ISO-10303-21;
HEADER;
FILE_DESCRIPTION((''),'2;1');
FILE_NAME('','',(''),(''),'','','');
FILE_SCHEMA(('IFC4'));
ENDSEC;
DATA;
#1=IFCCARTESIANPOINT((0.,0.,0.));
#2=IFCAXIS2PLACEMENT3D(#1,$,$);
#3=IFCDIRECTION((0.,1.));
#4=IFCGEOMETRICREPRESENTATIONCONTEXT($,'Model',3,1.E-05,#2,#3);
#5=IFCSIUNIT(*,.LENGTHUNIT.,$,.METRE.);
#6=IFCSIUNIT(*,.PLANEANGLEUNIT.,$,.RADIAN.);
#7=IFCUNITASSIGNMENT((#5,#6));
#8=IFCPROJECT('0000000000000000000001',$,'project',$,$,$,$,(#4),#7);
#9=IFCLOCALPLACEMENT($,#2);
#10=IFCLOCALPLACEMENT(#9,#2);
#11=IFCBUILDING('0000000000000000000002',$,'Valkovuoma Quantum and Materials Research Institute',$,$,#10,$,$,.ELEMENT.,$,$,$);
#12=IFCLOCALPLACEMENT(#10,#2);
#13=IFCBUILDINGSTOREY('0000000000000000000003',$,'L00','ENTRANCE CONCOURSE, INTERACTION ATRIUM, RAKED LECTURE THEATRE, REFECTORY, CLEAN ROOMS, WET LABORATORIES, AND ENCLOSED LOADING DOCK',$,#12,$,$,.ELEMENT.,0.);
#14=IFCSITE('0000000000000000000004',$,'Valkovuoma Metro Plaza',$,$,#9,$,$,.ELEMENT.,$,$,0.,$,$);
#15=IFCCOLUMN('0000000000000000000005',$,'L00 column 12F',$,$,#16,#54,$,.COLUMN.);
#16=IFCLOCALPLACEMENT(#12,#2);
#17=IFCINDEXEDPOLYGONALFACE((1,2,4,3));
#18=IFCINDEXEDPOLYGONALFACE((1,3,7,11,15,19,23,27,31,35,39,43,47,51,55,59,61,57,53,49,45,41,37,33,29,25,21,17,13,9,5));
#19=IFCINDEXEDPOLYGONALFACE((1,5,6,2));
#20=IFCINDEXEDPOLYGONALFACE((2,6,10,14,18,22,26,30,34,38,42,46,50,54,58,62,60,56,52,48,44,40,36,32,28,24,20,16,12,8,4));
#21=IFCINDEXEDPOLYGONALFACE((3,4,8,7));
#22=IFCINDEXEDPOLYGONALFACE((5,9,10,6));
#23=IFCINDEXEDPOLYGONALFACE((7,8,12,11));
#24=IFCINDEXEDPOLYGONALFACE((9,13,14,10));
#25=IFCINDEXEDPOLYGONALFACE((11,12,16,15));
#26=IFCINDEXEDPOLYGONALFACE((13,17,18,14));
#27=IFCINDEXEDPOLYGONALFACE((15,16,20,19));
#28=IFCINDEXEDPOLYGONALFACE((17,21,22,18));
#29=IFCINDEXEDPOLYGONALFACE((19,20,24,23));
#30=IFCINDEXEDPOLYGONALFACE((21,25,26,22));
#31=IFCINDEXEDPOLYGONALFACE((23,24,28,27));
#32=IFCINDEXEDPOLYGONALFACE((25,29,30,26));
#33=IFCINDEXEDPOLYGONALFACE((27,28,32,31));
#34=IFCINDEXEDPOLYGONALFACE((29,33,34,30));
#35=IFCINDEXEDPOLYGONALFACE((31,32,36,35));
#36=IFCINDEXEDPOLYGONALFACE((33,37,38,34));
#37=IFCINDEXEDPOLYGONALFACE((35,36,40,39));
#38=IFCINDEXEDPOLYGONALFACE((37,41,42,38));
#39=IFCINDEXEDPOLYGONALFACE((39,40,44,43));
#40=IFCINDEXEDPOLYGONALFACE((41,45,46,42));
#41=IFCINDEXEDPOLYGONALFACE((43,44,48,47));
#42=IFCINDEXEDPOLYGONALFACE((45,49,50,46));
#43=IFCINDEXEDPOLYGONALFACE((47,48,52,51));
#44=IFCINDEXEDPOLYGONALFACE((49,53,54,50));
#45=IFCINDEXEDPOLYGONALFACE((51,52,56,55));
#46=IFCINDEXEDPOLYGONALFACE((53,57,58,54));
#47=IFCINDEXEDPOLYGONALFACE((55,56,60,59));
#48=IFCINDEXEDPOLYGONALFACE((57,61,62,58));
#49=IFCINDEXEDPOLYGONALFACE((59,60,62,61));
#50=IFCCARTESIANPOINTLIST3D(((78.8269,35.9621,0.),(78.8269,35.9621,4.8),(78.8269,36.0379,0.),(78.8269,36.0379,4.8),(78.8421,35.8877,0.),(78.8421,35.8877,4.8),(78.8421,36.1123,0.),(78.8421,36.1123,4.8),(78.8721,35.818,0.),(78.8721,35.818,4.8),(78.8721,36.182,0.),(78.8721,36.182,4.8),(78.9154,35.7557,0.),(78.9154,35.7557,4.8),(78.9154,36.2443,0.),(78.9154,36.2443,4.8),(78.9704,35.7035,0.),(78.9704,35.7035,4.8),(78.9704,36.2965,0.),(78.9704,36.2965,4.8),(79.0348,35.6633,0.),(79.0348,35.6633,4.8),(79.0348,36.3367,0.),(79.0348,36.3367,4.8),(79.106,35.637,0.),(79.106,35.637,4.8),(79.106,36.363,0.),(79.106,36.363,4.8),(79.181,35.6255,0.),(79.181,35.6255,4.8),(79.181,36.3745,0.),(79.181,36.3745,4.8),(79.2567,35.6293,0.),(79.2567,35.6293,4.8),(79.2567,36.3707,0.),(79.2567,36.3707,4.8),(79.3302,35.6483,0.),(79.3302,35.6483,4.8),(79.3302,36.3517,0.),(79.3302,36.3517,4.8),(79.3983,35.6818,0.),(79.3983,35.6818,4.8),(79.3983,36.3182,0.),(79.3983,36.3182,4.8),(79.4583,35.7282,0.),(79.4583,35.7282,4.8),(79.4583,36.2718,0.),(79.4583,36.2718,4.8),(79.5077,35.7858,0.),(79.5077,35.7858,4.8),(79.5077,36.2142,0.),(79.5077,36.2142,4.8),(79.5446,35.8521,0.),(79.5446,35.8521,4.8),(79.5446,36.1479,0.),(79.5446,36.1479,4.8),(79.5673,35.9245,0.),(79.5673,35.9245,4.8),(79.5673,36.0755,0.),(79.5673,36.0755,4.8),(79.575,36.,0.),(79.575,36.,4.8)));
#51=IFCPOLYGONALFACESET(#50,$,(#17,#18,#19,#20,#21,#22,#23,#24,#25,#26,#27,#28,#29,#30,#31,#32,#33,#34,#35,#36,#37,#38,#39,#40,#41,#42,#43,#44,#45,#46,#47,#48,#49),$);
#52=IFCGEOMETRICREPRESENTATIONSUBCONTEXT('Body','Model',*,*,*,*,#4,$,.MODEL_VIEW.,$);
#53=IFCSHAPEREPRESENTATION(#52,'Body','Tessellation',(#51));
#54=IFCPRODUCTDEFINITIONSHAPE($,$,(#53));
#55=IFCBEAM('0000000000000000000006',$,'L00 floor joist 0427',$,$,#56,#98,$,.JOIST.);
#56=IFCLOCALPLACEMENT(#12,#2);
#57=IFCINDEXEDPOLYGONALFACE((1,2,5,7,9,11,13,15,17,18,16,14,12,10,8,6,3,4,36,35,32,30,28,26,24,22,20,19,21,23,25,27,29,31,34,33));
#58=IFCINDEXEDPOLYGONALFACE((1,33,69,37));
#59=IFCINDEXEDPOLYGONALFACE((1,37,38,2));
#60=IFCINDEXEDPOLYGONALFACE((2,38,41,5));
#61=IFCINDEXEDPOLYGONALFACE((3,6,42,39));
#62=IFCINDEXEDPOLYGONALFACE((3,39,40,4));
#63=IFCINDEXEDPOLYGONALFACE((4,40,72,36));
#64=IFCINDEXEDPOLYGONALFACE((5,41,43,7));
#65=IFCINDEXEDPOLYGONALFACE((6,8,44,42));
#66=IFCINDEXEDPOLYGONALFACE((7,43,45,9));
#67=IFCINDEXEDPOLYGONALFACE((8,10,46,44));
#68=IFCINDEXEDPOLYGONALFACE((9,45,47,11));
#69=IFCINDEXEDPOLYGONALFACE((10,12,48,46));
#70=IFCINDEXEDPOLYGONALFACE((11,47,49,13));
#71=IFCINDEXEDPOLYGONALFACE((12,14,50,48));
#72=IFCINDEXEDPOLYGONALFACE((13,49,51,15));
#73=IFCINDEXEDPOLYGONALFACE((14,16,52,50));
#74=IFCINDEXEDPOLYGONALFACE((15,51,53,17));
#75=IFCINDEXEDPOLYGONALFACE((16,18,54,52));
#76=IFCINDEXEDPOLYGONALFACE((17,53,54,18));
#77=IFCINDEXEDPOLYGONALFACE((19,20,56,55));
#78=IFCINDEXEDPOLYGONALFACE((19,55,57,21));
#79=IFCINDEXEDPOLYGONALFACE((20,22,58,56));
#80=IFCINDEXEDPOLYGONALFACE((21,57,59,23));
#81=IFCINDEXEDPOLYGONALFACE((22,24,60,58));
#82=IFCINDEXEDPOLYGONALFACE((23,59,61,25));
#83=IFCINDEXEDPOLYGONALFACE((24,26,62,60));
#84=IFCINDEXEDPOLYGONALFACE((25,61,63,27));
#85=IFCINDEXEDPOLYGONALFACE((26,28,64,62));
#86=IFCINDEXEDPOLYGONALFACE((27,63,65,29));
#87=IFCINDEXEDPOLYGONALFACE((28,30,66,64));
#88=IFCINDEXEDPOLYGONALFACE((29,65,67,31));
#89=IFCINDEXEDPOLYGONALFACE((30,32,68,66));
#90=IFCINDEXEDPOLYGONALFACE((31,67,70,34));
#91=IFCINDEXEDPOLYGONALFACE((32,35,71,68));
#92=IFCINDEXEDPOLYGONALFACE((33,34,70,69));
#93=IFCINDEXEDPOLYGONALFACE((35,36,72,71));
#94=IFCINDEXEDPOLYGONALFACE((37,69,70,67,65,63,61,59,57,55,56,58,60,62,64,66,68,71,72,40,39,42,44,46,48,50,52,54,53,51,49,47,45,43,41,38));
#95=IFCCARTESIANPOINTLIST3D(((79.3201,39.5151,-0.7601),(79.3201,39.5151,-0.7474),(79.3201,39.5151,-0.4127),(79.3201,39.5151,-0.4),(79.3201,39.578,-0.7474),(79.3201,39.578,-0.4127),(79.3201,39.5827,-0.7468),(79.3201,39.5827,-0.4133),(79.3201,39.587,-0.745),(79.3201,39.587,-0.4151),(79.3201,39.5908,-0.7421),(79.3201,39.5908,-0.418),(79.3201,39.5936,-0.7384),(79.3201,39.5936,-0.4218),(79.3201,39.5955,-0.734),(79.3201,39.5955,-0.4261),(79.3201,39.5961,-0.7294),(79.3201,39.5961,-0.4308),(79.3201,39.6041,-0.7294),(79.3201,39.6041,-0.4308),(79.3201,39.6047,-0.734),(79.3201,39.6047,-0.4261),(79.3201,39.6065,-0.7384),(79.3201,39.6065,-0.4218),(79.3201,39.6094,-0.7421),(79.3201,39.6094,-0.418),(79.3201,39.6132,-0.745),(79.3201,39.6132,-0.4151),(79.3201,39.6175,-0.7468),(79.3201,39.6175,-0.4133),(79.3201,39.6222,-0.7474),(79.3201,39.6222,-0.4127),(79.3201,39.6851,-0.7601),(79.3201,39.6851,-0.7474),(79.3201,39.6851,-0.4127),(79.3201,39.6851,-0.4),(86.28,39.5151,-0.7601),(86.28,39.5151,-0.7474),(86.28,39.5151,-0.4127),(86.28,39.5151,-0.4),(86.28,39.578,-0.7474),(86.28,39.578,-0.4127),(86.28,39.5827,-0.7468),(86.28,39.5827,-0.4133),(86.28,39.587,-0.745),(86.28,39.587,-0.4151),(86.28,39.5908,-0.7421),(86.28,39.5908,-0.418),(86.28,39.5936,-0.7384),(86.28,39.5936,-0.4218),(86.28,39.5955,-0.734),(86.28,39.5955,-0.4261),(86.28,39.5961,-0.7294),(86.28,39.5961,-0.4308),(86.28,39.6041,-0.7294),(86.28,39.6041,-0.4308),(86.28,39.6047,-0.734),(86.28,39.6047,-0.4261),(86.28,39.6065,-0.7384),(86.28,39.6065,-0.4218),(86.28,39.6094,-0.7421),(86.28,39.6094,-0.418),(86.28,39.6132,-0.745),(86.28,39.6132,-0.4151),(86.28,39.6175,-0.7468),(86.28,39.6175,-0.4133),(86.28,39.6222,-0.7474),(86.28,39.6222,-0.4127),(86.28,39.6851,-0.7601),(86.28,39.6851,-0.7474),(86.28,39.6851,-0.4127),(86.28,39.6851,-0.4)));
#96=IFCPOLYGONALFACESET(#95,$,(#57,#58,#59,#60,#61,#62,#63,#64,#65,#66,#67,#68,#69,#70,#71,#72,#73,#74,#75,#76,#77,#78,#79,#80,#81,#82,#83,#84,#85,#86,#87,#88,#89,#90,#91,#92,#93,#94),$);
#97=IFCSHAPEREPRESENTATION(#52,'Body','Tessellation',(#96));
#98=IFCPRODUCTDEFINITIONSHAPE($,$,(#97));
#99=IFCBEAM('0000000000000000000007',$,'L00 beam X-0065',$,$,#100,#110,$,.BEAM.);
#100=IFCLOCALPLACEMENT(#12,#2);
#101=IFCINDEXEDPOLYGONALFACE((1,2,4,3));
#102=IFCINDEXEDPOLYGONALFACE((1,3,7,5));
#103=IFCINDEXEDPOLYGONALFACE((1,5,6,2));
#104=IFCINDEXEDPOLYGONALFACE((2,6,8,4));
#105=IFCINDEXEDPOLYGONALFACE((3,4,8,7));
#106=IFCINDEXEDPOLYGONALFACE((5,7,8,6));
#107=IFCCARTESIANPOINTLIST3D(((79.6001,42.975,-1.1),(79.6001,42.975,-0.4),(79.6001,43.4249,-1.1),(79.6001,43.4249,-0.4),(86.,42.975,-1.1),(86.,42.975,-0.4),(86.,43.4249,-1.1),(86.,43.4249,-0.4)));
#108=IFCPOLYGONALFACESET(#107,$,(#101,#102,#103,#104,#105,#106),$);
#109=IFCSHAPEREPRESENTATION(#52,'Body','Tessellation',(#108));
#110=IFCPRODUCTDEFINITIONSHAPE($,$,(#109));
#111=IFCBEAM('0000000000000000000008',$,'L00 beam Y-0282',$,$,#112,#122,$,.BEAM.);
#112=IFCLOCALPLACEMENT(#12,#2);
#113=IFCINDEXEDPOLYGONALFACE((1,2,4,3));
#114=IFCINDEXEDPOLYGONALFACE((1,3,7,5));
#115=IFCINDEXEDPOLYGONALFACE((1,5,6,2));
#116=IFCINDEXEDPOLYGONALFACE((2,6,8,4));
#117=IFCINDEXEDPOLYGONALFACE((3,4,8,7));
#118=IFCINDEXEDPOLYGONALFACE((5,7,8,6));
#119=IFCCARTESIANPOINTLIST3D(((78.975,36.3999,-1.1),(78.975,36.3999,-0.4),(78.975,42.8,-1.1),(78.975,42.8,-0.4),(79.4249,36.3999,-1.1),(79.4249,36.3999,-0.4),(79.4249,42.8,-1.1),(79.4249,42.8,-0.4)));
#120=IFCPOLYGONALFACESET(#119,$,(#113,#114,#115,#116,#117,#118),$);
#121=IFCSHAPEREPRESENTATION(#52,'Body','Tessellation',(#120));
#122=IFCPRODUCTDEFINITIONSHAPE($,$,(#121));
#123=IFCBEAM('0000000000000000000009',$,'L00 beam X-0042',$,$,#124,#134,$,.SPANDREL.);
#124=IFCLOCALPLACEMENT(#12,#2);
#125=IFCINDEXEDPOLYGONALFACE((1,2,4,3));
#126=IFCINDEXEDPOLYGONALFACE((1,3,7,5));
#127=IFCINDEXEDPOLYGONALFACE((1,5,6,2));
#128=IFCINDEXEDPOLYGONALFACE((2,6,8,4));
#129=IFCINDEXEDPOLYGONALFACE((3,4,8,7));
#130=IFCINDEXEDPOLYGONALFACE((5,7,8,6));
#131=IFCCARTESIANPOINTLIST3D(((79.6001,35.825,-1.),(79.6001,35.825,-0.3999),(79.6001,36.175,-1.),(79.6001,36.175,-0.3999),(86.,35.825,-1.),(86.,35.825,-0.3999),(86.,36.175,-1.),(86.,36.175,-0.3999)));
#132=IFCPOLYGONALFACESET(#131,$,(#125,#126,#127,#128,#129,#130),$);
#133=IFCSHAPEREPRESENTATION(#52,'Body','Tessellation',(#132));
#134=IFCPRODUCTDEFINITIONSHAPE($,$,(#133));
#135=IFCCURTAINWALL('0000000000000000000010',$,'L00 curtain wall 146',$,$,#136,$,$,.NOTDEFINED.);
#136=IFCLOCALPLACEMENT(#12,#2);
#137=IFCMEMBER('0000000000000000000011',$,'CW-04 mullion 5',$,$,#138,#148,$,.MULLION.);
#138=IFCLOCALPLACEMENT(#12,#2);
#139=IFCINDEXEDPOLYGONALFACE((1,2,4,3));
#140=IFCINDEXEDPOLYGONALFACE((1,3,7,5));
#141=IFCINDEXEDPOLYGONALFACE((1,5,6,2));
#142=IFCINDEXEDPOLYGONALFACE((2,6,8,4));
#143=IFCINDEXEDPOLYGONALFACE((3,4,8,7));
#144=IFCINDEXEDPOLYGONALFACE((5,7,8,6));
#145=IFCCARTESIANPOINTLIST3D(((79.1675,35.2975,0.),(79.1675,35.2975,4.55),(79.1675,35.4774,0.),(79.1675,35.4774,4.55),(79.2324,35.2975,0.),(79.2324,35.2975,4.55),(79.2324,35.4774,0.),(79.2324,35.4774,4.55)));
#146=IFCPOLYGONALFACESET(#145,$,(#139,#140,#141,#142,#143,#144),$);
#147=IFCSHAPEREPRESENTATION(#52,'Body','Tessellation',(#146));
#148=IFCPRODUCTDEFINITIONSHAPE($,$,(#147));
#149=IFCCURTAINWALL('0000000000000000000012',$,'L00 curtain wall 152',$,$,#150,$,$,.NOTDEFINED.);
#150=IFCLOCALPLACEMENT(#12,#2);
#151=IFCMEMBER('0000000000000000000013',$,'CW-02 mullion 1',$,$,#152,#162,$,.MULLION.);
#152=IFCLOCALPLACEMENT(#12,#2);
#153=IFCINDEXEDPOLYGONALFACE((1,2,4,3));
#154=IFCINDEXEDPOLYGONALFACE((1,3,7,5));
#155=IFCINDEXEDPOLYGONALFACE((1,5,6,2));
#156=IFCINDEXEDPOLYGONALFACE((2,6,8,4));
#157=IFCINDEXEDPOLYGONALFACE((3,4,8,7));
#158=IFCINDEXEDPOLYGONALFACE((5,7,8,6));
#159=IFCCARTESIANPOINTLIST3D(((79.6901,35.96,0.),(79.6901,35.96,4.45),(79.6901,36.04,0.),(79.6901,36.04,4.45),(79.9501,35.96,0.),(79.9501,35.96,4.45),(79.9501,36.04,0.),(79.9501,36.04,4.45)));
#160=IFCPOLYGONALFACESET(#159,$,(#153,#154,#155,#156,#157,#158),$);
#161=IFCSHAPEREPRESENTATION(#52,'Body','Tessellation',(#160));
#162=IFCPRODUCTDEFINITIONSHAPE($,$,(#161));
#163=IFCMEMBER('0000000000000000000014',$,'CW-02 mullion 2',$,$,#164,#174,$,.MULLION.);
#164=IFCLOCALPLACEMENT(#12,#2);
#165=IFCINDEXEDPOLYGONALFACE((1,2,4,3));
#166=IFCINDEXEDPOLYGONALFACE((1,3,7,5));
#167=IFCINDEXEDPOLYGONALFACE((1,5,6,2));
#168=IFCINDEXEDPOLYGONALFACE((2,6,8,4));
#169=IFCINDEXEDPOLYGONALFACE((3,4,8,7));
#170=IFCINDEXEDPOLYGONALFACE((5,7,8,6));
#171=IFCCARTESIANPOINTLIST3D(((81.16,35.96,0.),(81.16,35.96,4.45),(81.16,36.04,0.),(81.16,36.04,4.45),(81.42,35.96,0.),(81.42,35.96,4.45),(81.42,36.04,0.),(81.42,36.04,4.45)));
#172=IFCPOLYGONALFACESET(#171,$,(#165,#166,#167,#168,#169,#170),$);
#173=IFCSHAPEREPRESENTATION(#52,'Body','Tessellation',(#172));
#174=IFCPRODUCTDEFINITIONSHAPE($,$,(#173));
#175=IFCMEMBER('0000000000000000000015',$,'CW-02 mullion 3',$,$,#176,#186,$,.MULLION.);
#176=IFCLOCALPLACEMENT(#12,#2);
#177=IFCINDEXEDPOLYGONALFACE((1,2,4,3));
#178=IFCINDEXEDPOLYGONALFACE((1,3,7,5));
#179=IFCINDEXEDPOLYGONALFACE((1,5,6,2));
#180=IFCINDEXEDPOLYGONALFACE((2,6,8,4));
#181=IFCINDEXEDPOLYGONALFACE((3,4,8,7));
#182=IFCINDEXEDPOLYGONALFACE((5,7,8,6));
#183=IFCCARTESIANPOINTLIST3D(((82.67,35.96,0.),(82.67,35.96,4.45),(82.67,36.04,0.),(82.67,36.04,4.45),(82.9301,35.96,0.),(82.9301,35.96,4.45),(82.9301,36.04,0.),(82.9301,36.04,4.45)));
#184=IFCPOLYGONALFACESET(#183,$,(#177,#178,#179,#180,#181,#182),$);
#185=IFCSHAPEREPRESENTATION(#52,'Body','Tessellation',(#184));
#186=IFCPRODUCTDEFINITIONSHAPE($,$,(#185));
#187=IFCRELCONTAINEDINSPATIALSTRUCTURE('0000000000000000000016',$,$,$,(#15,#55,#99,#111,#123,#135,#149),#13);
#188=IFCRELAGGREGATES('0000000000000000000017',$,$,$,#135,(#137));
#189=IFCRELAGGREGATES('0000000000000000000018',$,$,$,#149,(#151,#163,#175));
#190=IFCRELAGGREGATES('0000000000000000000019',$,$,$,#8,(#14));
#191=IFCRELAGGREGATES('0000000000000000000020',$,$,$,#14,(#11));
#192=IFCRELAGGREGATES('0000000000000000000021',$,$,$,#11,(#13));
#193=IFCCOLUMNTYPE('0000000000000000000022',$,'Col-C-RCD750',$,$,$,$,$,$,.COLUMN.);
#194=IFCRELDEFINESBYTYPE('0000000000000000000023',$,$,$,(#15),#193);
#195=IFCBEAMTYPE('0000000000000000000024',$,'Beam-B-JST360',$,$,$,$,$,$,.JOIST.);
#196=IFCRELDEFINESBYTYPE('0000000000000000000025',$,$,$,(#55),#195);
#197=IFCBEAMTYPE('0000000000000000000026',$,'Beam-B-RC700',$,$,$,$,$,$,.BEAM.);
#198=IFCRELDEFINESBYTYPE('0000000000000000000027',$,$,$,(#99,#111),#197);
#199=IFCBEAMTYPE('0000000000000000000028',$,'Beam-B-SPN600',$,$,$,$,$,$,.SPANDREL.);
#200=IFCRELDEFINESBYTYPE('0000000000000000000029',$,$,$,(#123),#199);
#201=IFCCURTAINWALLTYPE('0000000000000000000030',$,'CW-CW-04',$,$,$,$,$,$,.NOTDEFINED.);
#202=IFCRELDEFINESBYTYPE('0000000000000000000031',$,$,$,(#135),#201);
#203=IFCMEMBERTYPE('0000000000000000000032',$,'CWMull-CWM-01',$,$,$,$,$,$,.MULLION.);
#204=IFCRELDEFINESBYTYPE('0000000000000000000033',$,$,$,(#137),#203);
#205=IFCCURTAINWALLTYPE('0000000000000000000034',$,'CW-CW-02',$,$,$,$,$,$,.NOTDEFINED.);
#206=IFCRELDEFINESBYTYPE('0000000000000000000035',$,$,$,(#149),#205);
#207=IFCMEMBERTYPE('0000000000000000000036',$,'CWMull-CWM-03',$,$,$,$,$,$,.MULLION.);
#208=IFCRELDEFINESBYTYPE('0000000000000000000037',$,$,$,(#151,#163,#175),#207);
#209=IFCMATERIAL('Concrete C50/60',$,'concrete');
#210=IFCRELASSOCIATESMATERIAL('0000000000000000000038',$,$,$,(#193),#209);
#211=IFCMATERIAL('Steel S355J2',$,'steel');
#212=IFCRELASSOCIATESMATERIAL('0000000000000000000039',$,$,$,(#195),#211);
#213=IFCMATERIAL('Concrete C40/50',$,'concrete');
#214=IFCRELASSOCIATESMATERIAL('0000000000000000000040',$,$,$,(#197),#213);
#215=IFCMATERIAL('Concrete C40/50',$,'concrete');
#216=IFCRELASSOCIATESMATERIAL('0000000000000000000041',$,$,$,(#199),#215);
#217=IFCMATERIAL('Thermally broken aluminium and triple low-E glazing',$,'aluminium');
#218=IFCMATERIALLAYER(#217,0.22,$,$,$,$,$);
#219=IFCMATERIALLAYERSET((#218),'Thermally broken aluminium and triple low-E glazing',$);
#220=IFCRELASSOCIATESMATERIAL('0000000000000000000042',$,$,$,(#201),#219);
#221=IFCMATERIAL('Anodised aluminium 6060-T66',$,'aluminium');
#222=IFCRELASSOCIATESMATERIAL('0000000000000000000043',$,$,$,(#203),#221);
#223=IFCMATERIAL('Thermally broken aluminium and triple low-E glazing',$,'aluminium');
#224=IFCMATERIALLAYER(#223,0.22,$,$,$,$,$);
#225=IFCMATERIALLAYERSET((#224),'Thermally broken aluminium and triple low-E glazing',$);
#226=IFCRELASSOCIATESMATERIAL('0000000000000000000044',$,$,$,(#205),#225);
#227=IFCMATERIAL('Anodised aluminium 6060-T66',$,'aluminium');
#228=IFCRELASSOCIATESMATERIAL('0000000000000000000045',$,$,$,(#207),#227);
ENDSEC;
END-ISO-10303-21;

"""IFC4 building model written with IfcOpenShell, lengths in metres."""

from ifc_helpers import new_model, si_unit, direction, frame, origin, origin_2d, place, context, subcontext, project, spatial, rectangle, circle, i_section, extrude, material, layer, layer_set, material_profile, profile_set, type_object, element, aggregate, save


model = new_model("IFC4")

# Units and contexts
model_context = context("Model", 3, precision=1e-05, world=origin(), true_north=direction((0.0, 1.0)))
body_context = subcontext(model_context, "Body", "Model", "MODEL_VIEW")
ifc_project = project(units=[si_unit("LENGTHUNIT", "METRE"), si_unit("PLANEANGLEUNIT", "RADIAN")], contexts=[model_context])

# Site, building, storey
site_placement = place(None, origin())
site = spatial("IfcSite", under=ifc_project, at=site_placement, Name="Valkovuoma Metro Plaza", CompositionType="ELEMENT", RefElevation=0.0)
building_placement = place(site_placement, origin())
building = spatial("IfcBuilding", under=site, at=building_placement, Name="Valkovuoma Quantum and Materials Research Institute", CompositionType="ELEMENT")
storey_placement = place(building_placement, origin())
storey = spatial("IfcBuildingStorey", under=building, at=storey_placement, Name="L00", Description="ENTRANCE CONCOURSE, INTERACTION ATRIUM, RAKED LECTURE THEATRE, REFECTORY, CLEAN ROOMS, WET LABORATORIES, AND ENCLOSED LOADING DOCK", CompositionType="ELEMENT", Elevation=0.0)

# Column
ifc_material_1 = material(Name="Concrete C50/60", Category="concrete")
ifc_material_profile_1 = material_profile(ifc_material_1, circle(Radius=0.375, at=origin_2d()), Name="Concrete C50/60")
ifc_profile_set_1 = profile_set([ifc_material_profile_1], Name="Concrete C50/60")
column_type = type_object("IfcColumnType", Name="Col-C-RCD750", PredefinedType="COLUMN", material=ifc_profile_set_1)
column_placement = place(storey_placement, frame((79.2, 36.0, 0.0), z_axis=(0.0, 0.0, 1.0), x_axis=(1.0, 0.0, 0.0)))
element("IfcColumn", 1, at=column_placement, inside=storey, type_object=column_type, Name="L00 column 12F", PredefinedType="COLUMN", context=body_context, shape_type="SweptSolid", body=[
    extrude(circle(Radius=0.375, at=origin_2d()), origin(), (0.0, 0.0, 1.0), 4.8),
])

# Beams
ifc_material_2 = material(Name="Steel S355J2", Category="steel")
ifc_material_profile_2 = material_profile(ifc_material_2, i_section(OverallWidth=0.1699, OverallDepth=0.3601, WebThickness=0.0081, FlangeThickness=0.0127, FilletRadius=0.0181, at=origin_2d()), Name="Steel S355J2")
ifc_profile_set_2 = profile_set([ifc_material_profile_2], Name="Steel S355J2")
beam_type_1 = type_object("IfcBeamType", Name="Beam-B-JST360", PredefinedType="JOIST", material=ifc_profile_set_2)
beam_1_placement = place(storey_placement, frame((79.3201, 39.6001, -0.5801), z_axis=(1.0, 0.0, 0.0), x_axis=(0.0, 1.0, 0.0)))
element("IfcBeam", 2, at=beam_1_placement, inside=storey, type_object=beam_type_1, Name="L00 floor joist 0427", PredefinedType="JOIST", context=body_context, shape_type="SweptSolid", body=[
    extrude(i_section(OverallWidth=0.1699, OverallDepth=0.3601, WebThickness=0.0081, FlangeThickness=0.0127, FilletRadius=0.0181, at=origin_2d()), origin(), (0.0, 0.0, 1.0), 6.96),
])
ifc_material_3 = material(Name="Concrete C40/50", Category="concrete")
ifc_material_profile_3 = material_profile(ifc_material_3, rectangle(XDim=0.45, YDim=0.7, at=origin_2d()), Name="Concrete C40/50")
ifc_profile_set_3 = profile_set([ifc_material_profile_3], Name="Concrete C40/50")
beam_type_2 = type_object("IfcBeamType", Name="Beam-B-RC700", PredefinedType="BEAM", material=ifc_profile_set_3)
beam_2_placement = place(storey_placement, frame((79.6001, 43.2, -0.75), z_axis=(1.0, 0.0, 0.0), x_axis=(0.0, 1.0, 0.0)))
element("IfcBeam", 3, at=beam_2_placement, inside=storey, type_object=beam_type_2, Name="L00 beam X-0065", PredefinedType="BEAM", context=body_context, shape_type="SweptSolid", body=[
    extrude(rectangle(XDim=0.45, YDim=0.7, at=origin_2d()), origin(), (0.0, 0.0, 1.0), 6.3999),
])
beam_3_placement = place(storey_placement, frame((79.2, 36.3999, -0.75), z_axis=(0.0, 1.0, 0.0), x_axis=(-1.0, 0.0, 0.0)))
element("IfcBeam", 4, at=beam_3_placement, inside=storey, type_object=beam_type_2, Name="L00 beam Y-0282", PredefinedType="BEAM", context=body_context, shape_type="SweptSolid", body=[
    extrude(rectangle(XDim=0.45, YDim=0.7, at=origin_2d()), origin(), (0.0, 0.0, 1.0), 6.4001),
])
ifc_material_4 = material(Name="Concrete C40/50", Category="concrete")
ifc_material_profile_4 = material_profile(ifc_material_4, rectangle(XDim=0.3501, YDim=0.6001, at=origin_2d()), Name="Concrete C40/50")
ifc_profile_set_4 = profile_set([ifc_material_profile_4], Name="Concrete C40/50")
beam_type_3 = type_object("IfcBeamType", Name="Beam-B-SPN600", PredefinedType="SPANDREL", material=ifc_profile_set_4)
beam_4_placement = place(storey_placement, frame((79.6001, 36.0, -0.7), z_axis=(1.0, 0.0, 0.0), x_axis=(0.0, 1.0, 0.0)))
element("IfcBeam", 5, at=beam_4_placement, inside=storey, type_object=beam_type_3, Name="L00 beam X-0042", PredefinedType="SPANDREL", context=body_context, shape_type="SweptSolid", body=[
    extrude(rectangle(XDim=0.3501, YDim=0.6001, at=origin_2d()), origin(), (0.0, 0.0, 1.0), 6.3999),
])

# Curtain wall, member
ifc_material_5 = material(Name="Thermally broken aluminium and triple low-E glazing", Category="aluminium")
ifc_layer_1 = layer(ifc_material_5, 0.22)
ifc_layer_set_1 = layer_set([ifc_layer_1], Name="Thermally broken aluminium and triple low-E glazing")
curtain_wall_type_1 = type_object("IfcCurtainWallType", Name="CW-CW-04", PredefinedType="NOTDEFINED", material=ifc_layer_set_1)
curtain_wall_1_placement = place(storey_placement, origin())
curtain_wall_1 = element("IfcCurtainWall", 6, at=curtain_wall_1_placement, inside=storey, type_object=curtain_wall_type_1, Name="L00 curtain wall 146", PredefinedType="NOTDEFINED")
ifc_material_6 = material(Name="Anodised aluminium 6060-T66", Category="aluminium")
ifc_material_profile_5 = material_profile(ifc_material_6, rectangle(XDim=0.0649, YDim=0.1799, at=origin_2d()), Name="Anodised aluminium 6060-T66")
ifc_profile_set_5 = profile_set([ifc_material_profile_5], Name="Anodised aluminium 6060-T66")
member_type_1 = type_object("IfcMemberType", Name="CWMull-CWM-01", PredefinedType="MULLION", material=ifc_profile_set_5)
member_1_placement = place(storey_placement, frame((79.2, 35.3875, 0.0), z_axis=(0.0, 0.0, 1.0), x_axis=(-1.0, 0.0, 0.0)))
member_1 = element("IfcMember", 7, at=member_1_placement, type_object=member_type_1, Name="CW-04 mullion 5", PredefinedType="MULLION", context=body_context, shape_type="SweptSolid", body=[
    extrude(rectangle(XDim=0.0649, YDim=0.1799, at=origin_2d()), origin(), (0.0, 0.0, 1.0), 4.55),
])

# Curtain wall, members
ifc_material_7 = material(Name="Thermally broken aluminium and triple low-E glazing", Category="aluminium")
ifc_layer_2 = layer(ifc_material_7, 0.22)
ifc_layer_set_2 = layer_set([ifc_layer_2], Name="Thermally broken aluminium and triple low-E glazing")
curtain_wall_type_2 = type_object("IfcCurtainWallType", Name="CW-CW-02", PredefinedType="NOTDEFINED", material=ifc_layer_set_2)
curtain_wall_2_placement = place(storey_placement, origin())
curtain_wall_2 = element("IfcCurtainWall", 8, at=curtain_wall_2_placement, inside=storey, type_object=curtain_wall_type_2, Name="L00 curtain wall 152", PredefinedType="NOTDEFINED")
ifc_material_8 = material(Name="Anodised aluminium 6060-T66", Category="aluminium")
ifc_material_profile_6 = material_profile(ifc_material_8, rectangle(XDim=0.0801, YDim=0.26, at=origin_2d()), Name="Anodised aluminium 6060-T66")
ifc_profile_set_6 = profile_set([ifc_material_profile_6], Name="Anodised aluminium 6060-T66")
member_type_2 = type_object("IfcMemberType", Name="CWMull-CWM-03", PredefinedType="MULLION", material=ifc_profile_set_6)
member_2_placement = place(storey_placement, frame((79.8201, 36.0, 0.0), z_axis=(0.0, 0.0, 1.0), x_axis=(0.0, 1.0, 0.0)))
member_2 = element("IfcMember", 9, at=member_2_placement, type_object=member_type_2, Name="CW-02 mullion 1", PredefinedType="MULLION", context=body_context, shape_type="SweptSolid", body=[
    extrude(rectangle(XDim=0.0801, YDim=0.26, at=origin_2d()), origin(), (0.0, 0.0, 1.0), 4.45),
])
member_3_placement = place(storey_placement, frame((81.29, 36.0, 0.0), z_axis=(0.0, 0.0, 1.0), x_axis=(0.0, 1.0, 0.0)))
member_3 = element("IfcMember", 10, at=member_3_placement, type_object=member_type_2, Name="CW-02 mullion 2", PredefinedType="MULLION", context=body_context, shape_type="SweptSolid", body=[
    extrude(rectangle(XDim=0.0801, YDim=0.26, at=origin_2d()), origin(), (0.0, 0.0, 1.0), 4.45),
])
member_4_placement = place(storey_placement, frame((82.8, 36.0, 0.0), z_axis=(0.0, 0.0, 1.0), x_axis=(0.0, 1.0, 0.0)))
member_4 = element("IfcMember", 11, at=member_4_placement, type_object=member_type_2, Name="CW-02 mullion 3", PredefinedType="MULLION", context=body_context, shape_type="SweptSolid", body=[
    extrude(rectangle(XDim=0.0801, YDim=0.26, at=origin_2d()), origin(), (0.0, 0.0, 1.0), 4.45),
])

aggregate(curtain_wall_1, [member_1])
aggregate(curtain_wall_2, [member_2, member_3, member_4])

save(model, "model.ifc")
